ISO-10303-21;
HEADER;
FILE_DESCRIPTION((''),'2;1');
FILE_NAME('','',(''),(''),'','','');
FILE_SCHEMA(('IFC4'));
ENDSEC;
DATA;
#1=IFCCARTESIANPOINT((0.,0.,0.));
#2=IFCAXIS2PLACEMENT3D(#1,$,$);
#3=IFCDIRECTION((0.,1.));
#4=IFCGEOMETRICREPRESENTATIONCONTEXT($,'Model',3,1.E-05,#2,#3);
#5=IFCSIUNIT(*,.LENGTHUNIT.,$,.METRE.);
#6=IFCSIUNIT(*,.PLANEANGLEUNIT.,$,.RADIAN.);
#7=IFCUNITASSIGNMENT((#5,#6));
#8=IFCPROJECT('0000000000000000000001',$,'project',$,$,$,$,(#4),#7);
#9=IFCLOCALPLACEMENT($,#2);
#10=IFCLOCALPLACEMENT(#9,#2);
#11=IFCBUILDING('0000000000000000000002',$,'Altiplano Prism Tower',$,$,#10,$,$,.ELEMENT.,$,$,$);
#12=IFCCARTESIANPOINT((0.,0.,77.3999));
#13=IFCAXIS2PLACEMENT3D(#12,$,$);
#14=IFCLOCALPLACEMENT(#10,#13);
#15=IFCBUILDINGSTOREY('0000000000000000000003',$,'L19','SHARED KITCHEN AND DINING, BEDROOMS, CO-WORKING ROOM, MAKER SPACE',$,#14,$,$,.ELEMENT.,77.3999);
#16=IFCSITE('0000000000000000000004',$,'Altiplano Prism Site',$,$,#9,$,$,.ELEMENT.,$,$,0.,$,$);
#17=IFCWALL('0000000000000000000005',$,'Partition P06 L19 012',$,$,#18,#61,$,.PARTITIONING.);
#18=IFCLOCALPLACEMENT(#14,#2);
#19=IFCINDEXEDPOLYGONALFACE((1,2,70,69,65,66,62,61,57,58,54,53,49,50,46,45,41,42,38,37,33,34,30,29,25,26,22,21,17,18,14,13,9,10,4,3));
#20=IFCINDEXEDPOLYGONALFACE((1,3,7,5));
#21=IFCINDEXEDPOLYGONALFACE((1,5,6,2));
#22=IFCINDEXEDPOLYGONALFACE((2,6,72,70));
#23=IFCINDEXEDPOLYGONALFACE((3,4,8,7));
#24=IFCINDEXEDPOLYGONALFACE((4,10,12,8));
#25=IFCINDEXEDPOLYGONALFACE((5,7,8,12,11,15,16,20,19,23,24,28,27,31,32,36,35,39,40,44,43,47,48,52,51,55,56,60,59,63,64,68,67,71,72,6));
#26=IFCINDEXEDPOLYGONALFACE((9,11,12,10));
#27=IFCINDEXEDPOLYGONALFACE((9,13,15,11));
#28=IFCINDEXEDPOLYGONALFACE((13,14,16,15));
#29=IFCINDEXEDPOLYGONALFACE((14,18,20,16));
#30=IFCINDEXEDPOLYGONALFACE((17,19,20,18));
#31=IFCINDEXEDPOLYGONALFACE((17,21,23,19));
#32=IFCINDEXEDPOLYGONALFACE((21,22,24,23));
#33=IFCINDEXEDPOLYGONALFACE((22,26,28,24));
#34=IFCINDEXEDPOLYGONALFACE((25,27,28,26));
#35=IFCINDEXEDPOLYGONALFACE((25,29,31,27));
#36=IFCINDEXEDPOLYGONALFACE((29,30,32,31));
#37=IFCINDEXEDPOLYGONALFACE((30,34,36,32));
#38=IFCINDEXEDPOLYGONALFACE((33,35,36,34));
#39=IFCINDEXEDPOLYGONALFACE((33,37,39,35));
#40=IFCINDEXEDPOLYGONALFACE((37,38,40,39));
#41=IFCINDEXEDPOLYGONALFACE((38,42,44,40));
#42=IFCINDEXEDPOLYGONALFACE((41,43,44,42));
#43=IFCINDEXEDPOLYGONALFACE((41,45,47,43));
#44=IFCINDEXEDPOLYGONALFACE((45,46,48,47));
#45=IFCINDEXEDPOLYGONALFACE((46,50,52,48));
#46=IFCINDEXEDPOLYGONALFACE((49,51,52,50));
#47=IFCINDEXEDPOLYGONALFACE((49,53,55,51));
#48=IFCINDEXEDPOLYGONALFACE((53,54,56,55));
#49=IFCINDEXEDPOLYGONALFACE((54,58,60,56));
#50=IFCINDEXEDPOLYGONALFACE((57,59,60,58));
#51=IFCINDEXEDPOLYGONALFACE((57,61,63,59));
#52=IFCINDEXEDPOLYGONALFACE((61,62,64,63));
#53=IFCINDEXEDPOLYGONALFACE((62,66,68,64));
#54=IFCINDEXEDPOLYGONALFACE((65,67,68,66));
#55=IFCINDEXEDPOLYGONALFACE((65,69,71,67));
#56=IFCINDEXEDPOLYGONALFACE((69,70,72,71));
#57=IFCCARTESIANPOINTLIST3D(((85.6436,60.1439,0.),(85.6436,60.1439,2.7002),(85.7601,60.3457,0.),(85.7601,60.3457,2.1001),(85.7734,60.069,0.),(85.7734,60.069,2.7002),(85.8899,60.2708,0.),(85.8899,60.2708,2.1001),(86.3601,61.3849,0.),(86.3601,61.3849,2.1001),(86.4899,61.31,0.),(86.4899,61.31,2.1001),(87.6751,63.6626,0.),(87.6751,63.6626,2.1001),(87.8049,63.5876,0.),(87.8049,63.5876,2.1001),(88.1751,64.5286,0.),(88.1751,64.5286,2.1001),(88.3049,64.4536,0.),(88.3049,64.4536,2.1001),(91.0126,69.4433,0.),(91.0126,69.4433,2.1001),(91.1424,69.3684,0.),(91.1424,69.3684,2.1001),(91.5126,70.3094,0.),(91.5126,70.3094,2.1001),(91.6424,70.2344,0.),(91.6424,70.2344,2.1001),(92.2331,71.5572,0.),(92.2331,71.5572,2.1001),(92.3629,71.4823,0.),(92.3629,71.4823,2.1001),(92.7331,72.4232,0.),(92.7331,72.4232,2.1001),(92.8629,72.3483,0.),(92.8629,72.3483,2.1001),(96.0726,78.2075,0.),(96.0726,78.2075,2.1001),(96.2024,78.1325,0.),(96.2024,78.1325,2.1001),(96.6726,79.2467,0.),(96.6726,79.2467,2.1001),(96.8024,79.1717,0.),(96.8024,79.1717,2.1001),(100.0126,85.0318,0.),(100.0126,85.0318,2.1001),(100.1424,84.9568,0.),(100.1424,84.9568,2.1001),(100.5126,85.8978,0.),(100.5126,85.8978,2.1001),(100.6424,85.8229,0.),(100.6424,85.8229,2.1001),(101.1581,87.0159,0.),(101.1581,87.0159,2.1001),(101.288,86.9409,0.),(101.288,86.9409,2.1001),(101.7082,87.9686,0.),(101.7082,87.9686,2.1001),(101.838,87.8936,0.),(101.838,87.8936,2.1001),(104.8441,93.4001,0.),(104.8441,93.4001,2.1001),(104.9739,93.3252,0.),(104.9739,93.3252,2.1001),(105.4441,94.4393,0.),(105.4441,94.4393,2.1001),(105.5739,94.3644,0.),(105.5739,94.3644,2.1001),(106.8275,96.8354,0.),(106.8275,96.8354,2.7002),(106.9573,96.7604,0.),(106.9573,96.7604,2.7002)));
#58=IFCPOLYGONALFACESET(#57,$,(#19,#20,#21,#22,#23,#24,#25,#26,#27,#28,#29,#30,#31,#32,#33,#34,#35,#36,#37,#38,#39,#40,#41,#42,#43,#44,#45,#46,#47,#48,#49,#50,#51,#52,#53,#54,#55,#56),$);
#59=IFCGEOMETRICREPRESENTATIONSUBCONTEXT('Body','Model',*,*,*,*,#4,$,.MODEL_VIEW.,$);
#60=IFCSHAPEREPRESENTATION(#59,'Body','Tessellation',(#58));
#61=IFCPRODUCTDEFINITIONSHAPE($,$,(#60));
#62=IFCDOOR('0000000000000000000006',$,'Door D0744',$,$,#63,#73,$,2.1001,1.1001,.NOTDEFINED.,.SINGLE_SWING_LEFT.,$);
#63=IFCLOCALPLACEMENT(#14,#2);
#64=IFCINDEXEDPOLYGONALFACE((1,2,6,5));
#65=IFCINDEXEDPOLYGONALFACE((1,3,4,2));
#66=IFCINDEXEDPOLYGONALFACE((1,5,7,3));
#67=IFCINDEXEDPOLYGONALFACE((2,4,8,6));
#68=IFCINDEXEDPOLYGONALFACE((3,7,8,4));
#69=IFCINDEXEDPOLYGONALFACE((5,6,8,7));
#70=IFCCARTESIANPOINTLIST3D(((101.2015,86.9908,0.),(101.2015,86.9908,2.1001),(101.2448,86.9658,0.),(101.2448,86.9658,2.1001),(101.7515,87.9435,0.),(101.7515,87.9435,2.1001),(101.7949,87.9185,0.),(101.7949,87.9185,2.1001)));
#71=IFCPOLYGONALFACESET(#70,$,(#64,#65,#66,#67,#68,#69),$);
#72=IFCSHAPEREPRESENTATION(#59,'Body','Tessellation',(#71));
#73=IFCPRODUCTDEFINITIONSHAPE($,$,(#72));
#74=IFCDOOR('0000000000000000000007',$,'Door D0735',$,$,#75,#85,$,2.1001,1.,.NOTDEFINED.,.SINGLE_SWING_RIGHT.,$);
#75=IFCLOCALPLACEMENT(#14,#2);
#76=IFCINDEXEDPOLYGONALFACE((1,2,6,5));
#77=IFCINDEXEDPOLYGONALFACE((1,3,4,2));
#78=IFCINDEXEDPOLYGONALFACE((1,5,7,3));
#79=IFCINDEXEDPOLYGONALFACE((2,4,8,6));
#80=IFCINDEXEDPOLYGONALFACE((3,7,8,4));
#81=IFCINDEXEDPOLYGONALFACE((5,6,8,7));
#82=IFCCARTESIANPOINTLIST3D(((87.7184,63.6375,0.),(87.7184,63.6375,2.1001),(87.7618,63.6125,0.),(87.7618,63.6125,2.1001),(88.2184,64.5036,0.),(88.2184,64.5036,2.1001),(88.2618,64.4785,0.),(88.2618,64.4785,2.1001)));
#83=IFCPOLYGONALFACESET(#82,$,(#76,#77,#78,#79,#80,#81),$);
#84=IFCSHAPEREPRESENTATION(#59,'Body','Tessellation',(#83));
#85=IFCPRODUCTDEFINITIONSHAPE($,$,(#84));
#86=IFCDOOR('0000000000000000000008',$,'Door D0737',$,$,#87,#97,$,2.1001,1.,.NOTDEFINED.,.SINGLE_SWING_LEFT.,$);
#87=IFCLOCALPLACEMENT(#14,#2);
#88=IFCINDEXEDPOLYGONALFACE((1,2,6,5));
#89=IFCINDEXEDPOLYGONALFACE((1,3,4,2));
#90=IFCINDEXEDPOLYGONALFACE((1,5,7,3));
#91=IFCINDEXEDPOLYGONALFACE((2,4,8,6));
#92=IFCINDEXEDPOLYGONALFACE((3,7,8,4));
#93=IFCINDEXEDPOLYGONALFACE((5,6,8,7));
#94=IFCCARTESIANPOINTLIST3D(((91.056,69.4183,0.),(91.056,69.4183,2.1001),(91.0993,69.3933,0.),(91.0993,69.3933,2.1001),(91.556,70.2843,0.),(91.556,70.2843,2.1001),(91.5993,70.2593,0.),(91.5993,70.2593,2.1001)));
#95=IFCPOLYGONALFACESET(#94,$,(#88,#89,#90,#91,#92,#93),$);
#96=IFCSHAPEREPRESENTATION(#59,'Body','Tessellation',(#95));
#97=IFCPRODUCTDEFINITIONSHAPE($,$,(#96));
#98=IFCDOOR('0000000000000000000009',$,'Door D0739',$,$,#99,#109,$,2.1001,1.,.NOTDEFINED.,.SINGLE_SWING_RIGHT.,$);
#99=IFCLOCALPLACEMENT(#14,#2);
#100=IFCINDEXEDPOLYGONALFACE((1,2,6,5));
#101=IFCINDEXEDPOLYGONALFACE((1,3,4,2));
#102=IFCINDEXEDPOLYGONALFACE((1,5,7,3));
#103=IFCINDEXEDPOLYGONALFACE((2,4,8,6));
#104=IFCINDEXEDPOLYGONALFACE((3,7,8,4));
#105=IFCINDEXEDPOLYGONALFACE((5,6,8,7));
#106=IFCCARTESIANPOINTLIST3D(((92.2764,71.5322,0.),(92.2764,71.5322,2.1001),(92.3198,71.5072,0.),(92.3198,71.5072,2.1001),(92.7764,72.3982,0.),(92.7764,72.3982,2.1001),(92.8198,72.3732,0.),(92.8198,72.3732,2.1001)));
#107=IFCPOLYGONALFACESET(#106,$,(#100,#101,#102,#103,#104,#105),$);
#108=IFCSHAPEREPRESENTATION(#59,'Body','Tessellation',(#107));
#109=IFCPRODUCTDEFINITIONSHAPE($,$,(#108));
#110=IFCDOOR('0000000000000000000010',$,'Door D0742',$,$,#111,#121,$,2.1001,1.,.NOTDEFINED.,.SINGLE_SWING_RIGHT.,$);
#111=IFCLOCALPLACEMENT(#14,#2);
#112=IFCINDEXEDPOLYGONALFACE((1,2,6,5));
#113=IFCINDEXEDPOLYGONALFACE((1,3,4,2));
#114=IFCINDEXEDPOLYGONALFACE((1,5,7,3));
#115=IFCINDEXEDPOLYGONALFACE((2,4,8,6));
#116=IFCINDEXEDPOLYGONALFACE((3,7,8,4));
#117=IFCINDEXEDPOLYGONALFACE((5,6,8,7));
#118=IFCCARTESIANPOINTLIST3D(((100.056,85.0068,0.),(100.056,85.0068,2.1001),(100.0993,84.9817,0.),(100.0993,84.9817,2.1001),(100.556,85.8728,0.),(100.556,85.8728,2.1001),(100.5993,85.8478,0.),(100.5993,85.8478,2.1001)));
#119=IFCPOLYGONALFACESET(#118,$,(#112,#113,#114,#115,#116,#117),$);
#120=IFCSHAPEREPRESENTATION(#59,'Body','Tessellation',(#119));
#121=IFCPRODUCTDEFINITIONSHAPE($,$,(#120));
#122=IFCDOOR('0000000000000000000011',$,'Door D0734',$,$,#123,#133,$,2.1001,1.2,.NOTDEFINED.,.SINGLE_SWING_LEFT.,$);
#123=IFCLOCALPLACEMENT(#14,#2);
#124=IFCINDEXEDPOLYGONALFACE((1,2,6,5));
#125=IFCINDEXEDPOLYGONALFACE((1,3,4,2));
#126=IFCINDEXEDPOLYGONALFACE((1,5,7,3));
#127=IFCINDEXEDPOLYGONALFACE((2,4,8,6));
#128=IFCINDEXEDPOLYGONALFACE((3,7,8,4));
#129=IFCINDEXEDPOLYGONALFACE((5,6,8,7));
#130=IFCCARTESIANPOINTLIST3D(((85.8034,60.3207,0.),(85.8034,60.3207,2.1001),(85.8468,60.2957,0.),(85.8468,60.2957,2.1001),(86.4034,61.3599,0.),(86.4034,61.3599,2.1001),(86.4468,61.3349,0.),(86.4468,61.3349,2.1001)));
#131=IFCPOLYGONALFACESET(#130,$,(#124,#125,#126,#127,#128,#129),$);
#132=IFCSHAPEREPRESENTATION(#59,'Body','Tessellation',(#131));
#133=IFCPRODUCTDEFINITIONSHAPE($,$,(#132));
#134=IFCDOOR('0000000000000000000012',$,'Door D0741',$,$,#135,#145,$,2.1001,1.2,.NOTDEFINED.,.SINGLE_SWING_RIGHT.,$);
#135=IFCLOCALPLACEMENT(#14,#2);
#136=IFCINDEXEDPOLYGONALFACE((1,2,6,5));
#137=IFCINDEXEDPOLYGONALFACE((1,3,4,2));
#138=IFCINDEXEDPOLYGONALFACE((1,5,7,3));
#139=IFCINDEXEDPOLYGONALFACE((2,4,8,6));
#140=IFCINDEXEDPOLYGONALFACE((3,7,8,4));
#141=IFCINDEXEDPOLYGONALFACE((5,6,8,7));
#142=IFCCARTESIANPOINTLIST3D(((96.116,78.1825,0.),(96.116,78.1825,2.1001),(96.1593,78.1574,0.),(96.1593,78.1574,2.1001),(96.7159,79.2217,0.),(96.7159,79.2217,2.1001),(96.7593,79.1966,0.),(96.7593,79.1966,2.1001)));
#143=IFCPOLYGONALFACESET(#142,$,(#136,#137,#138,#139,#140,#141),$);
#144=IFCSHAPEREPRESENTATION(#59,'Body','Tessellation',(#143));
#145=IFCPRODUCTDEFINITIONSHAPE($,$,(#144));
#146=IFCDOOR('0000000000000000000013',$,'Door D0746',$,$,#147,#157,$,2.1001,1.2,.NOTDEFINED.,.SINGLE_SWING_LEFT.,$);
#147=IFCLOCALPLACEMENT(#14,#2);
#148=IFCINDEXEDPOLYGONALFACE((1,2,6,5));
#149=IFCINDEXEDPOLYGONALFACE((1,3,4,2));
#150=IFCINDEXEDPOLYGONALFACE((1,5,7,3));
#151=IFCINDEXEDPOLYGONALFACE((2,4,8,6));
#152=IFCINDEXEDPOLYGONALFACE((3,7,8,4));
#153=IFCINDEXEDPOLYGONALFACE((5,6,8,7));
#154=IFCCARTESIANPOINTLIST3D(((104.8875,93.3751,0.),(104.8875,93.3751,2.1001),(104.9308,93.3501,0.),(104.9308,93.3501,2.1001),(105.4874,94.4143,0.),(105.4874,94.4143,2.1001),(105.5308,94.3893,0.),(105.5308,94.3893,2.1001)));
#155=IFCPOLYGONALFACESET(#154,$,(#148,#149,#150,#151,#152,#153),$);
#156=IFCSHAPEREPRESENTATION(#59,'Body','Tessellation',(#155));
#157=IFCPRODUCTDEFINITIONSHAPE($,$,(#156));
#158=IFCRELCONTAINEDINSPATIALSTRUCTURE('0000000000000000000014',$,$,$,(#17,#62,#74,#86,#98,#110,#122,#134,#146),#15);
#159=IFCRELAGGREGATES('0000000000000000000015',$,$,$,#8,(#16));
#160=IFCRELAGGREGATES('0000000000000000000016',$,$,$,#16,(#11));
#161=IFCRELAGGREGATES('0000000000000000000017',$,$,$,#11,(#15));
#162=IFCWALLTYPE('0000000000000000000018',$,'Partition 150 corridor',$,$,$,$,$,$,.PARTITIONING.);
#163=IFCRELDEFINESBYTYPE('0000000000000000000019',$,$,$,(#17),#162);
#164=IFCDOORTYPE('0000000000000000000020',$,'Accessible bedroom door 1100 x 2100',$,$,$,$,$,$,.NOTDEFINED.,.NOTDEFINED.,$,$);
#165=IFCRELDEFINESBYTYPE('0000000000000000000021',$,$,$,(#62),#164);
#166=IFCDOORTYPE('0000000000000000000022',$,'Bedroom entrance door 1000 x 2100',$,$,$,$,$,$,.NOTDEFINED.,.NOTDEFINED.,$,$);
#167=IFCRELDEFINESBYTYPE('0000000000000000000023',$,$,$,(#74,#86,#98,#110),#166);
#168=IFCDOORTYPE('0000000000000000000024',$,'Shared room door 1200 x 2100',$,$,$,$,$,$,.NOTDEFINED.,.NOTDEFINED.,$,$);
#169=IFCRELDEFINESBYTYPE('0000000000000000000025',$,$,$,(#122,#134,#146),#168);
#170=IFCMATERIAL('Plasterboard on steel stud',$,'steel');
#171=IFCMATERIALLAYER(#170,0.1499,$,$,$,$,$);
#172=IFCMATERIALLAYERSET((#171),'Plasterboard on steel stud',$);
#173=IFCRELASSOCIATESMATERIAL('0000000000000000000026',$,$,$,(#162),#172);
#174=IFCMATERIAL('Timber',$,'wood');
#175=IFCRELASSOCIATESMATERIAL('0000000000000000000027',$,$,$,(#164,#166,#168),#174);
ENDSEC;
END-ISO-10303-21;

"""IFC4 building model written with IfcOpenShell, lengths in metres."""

from ifc_helpers import new_model, si_unit, direction, frame, frame_2d, origin, place, context, subcontext, project, spatial, rectangle, extrude, material, layer, layer_set, type_object, element, fill, save


model = new_model("IFC4")

# Units and contexts
model_context = context("Model", 3, precision=1e-05, world=origin(), true_north=direction((0.0, 1.0)))
body_context = subcontext(model_context, "Body", "Model", "MODEL_VIEW")
ifc_project = project(units=[si_unit("LENGTHUNIT", "METRE"), si_unit("PLANEANGLEUNIT", "RADIAN")], contexts=[model_context])

# Site, building, storey
site_placement = place(None, origin())
site = spatial("IfcSite", under=ifc_project, at=site_placement, Name="Altiplano Prism Site", CompositionType="ELEMENT", RefElevation=0.0)
building_placement = place(site_placement, origin())
building = spatial("IfcBuilding", under=site, at=building_placement, Name="Altiplano Prism Tower", CompositionType="ELEMENT")
storey_placement = place(building_placement, frame((0.0, 0.0, 77.3999)))
storey = spatial("IfcBuildingStorey", under=building, at=storey_placement, Name="L19", Description="SHARED KITCHEN AND DINING, BEDROOMS, CO-WORKING ROOM, MAKER SPACE", CompositionType="ELEMENT", Elevation=77.3999)

# Shared definitions
ifc_material_1 = material(Name="Plasterboard on steel stud", Category="steel")
ifc_material_2 = material(Name="Timber", Category="wood")

# Shared definitions
ifc_layer_1 = layer(ifc_material_1, 0.1499)
ifc_layer_set_1 = layer_set([ifc_layer_1], Name="Plasterboard on steel stud")
wall_type_1 = type_object("IfcWallType", Name="Partition 150 corridor", PredefinedType="PARTITIONING", material=ifc_layer_set_1)

# Wall, openings, doors
wall_1_placement = place(storey_placement, frame((85.7085, 60.1064, 0.0), z_axis=(0.0, 0.0, 1.0), x_axis=(0.500001, 0.866025, 0.0)))
wall_1 = element("IfcWall", 1, at=wall_1_placement, inside=storey, type_object=wall_type_1, Name="Partition P06 L19 012", PredefinedType="PARTITIONING", context=body_context, shape_type="SweptSolid", body=[
    extrude(rectangle(XDim=42.3677, YDim=0.1499, at=frame_2d((21.1838, 0.0))), origin(), (0.0, 0.0, 1.0), 2.7002),
])
opening_1_placement = place(wall_1_placement, frame((0.2329, 0.0, 0.0)))
opening_1 = element("IfcOpeningElement", 2, at=opening_1_placement, cuts=wall_1, PredefinedType="OPENING", context=body_context, shape_type="SweptSolid", body=[
    extrude(rectangle(XDim=1.2, YDim=2.1001, at=frame_2d((0.6001, 1.05))), frame((0.0, 0.0854, 0.0), z_axis=(0.0, -1.0, 0.0), x_axis=(1.0, 0.0, 0.0)), (0.0, 0.0, 1.0), 0.1709),
])
opening_2_placement = place(wall_1_placement, frame((4.063, 0.0, 0.0)))
opening_2 = element("IfcOpeningElement", 3, at=opening_2_placement, cuts=wall_1, PredefinedType="OPENING", context=body_context, shape_type="SweptSolid", body=[
    extrude(rectangle(XDim=1.0, YDim=2.1001, at=frame_2d((0.5, 1.05))), frame((0.0, 0.0854, 0.0), z_axis=(0.0, -1.0, 0.0), x_axis=(1.0, 0.0, 0.0)), (0.0, 0.0, 1.0), 0.1709),
])
opening_3_placement = place(wall_1_placement, frame((10.738, 0.0, 0.0)))
opening_3 = element("IfcOpeningElement", 4, at=opening_3_placement, cuts=wall_1, PredefinedType="OPENING", context=body_context, shape_type="SweptSolid", body=[
    extrude(rectangle(XDim=1.0, YDim=2.1001, at=frame_2d((0.5, 1.05))), frame((0.0, 0.0854, 0.0), z_axis=(0.0, -1.0, 0.0), x_axis=(1.0, 0.0, 0.0)), (0.0, 0.0, 1.0), 0.1709),
])
opening_4_placement = place(wall_1_placement, frame((13.179, 0.0, 0.0)))
opening_4 = element("IfcOpeningElement", 5, at=opening_4_placement, cuts=wall_1, PredefinedType="OPENING", context=body_context, shape_type="SweptSolid", body=[
    extrude(rectangle(XDim=1.0, YDim=2.1001, at=frame_2d((0.5, 1.05))), frame((0.0, 0.0854, 0.0), z_axis=(0.0, -1.0, 0.0), x_axis=(1.0, 0.0, 0.0)), (0.0, 0.0, 1.0), 0.1709),
])
opening_5_placement = place(wall_1_placement, frame((20.8579, 0.0, 0.0)))
opening_5 = element("IfcOpeningElement", 6, at=opening_5_placement, cuts=wall_1, PredefinedType="OPENING", context=body_context, shape_type="SweptSolid", body=[
    extrude(rectangle(XDim=1.2, YDim=2.1001, at=frame_2d((0.6001, 1.05))), frame((0.0, 0.0854, 0.0), z_axis=(0.0, -1.0, 0.0), x_axis=(1.0, 0.0, 0.0)), (0.0, 0.0, 1.0), 0.1709),
])
opening_6_placement = place(wall_1_placement, frame((28.738, 0.0, 0.0)))
opening_6 = element("IfcOpeningElement", 7, at=opening_6_placement, cuts=wall_1, PredefinedType="OPENING", context=body_context, shape_type="SweptSolid", body=[
    extrude(rectangle(XDim=1.0, YDim=2.1001, at=frame_2d((0.5, 1.05))), frame((0.0, 0.0854, 0.0), z_axis=(0.0, -1.0, 0.0), x_axis=(1.0, 0.0, 0.0)), (0.0, 0.0, 1.0), 0.1709),
])
opening_7_placement = place(wall_1_placement, frame((31.0291, 0.0, 0.0)))
opening_7 = element("IfcOpeningElement", 8, at=opening_7_placement, cuts=wall_1, PredefinedType="OPENING", context=body_context, shape_type="SweptSolid", body=[
    extrude(rectangle(XDim=1.1001, YDim=2.1001, at=frame_2d((0.55, 1.05))), frame((0.0, 0.0854, 0.0), z_axis=(0.0, -1.0, 0.0), x_axis=(1.0, 0.0, 0.0)), (0.0, 0.0, 1.0), 0.1709),
])
opening_8_placement = place(wall_1_placement, frame((38.4009, 0.0, 0.0)))
opening_8 = element("IfcOpeningElement", 9, at=opening_8_placement, cuts=wall_1, PredefinedType="OPENING", context=body_context, shape_type="SweptSolid", body=[
    extrude(rectangle(XDim=1.2, YDim=2.1001, at=frame_2d((0.6001, 1.05))), frame((0.0, 0.0854, 0.0), z_axis=(0.0, -1.0, 0.0), x_axis=(1.0, 0.0, 0.0)), (0.0, 0.0, 1.0), 0.1709),
])
door_type_1 = type_object("IfcDoorType", Name="Accessible bedroom door 1100 x 2100", OperationType="NOTDEFINED", PredefinedType="NOTDEFINED", material=ifc_material_2)
door_1_placement = place(opening_7_placement, origin())
door_1 = element("IfcDoor", 10, at=door_1_placement, inside=storey, type_object=door_type_1, Name="Door D0744", OperationType="SINGLE_SWING_LEFT", OverallHeight=2.1001, OverallWidth=1.1001, PredefinedType="NOTDEFINED", context=body_context, shape_type="SweptSolid", body=[
    extrude(rectangle(XDim=1.1001, YDim=2.1001, at=frame_2d((0.55, 1.05))), frame((0.0, 0.0249, 0.0), z_axis=(0.0, -1.0, 0.0), x_axis=(1.0, 0.0, 0.0)), (0.0, 0.0, 1.0), 0.05),
])
fill(opening_7, door_1)
door_type_2 = type_object("IfcDoorType", Name="Bedroom entrance door 1000 x 2100", OperationType="NOTDEFINED", PredefinedType="NOTDEFINED", material=ifc_material_2)
door_2_placement = place(opening_2_placement, origin())
door_2 = element("IfcDoor", 11, at=door_2_placement, inside=storey, type_object=door_type_2, Name="Door D0735", OperationType="SINGLE_SWING_RIGHT", OverallHeight=2.1001, OverallWidth=1.0, PredefinedType="NOTDEFINED", context=body_context, shape_type="SweptSolid", body=[
    extrude(rectangle(XDim=1.0, YDim=2.1001, at=frame_2d((0.5, 1.05))), frame((0.0, 0.0249, 0.0), z_axis=(0.0, -1.0, 0.0), x_axis=(1.0, 0.0, 0.0)), (0.0, 0.0, 1.0), 0.05),
])
fill(opening_2, door_2)
door_3_placement = place(opening_3_placement, origin())
door_3 = element("IfcDoor", 12, at=door_3_placement, inside=storey, type_object=door_type_2, Name="Door D0737", OperationType="SINGLE_SWING_LEFT", OverallHeight=2.1001, OverallWidth=1.0, PredefinedType="NOTDEFINED", context=body_context, shape_type="SweptSolid", body=[
    extrude(rectangle(XDim=1.0, YDim=2.1001, at=frame_2d((0.5, 1.05))), frame((0.0, 0.0249, 0.0), z_axis=(0.0, -1.0, 0.0), x_axis=(1.0, 0.0, 0.0)), (0.0, 0.0, 1.0), 0.05),
])
fill(opening_3, door_3)
door_4_placement = place(opening_4_placement, origin())
door_4 = element("IfcDoor", 13, at=door_4_placement, inside=storey, type_object=door_type_2, Name="Door D0739", OperationType="SINGLE_SWING_RIGHT", OverallHeight=2.1001, OverallWidth=1.0, PredefinedType="NOTDEFINED", context=body_context, shape_type="SweptSolid", body=[
    extrude(rectangle(XDim=1.0, YDim=2.1001, at=frame_2d((0.5, 1.05))), frame((0.0, 0.0249, 0.0), z_axis=(0.0, -1.0, 0.0), x_axis=(1.0, 0.0, 0.0)), (0.0, 0.0, 1.0), 0.05),
])
fill(opening_4, door_4)
door_5_placement = place(opening_6_placement, origin())
door_5 = element("IfcDoor", 14, at=door_5_placement, inside=storey, type_object=door_type_2, Name="Door D0742", OperationType="SINGLE_SWING_RIGHT", OverallHeight=2.1001, OverallWidth=1.0, PredefinedType="NOTDEFINED", context=body_context, shape_type="SweptSolid", body=[
    extrude(rectangle(XDim=1.0, YDim=2.1001, at=frame_2d((0.5, 1.05))), frame((0.0, 0.0249, 0.0), z_axis=(0.0, -1.0, 0.0), x_axis=(1.0, 0.0, 0.0)), (0.0, 0.0, 1.0), 0.05),
])
fill(opening_6, door_5)
door_type_3 = type_object("IfcDoorType", Name="Shared room door 1200 x 2100", OperationType="NOTDEFINED", PredefinedType="NOTDEFINED", material=ifc_material_2)
door_6_placement = place(opening_1_placement, origin())
door_6 = element("IfcDoor", 15, at=door_6_placement, inside=storey, type_object=door_type_3, Name="Door D0734", OperationType="SINGLE_SWING_LEFT", OverallHeight=2.1001, OverallWidth=1.2, PredefinedType="NOTDEFINED", context=body_context, shape_type="SweptSolid", body=[
    extrude(rectangle(XDim=1.2, YDim=2.1001, at=frame_2d((0.6001, 1.05))), frame((0.0, 0.0249, 0.0), z_axis=(0.0, -1.0, 0.0), x_axis=(1.0, 0.0, 0.0)), (0.0, 0.0, 1.0), 0.05),
])
fill(opening_1, door_6)
door_7_placement = place(opening_5_placement, origin())
door_7 = element("IfcDoor", 16, at=door_7_placement, inside=storey, type_object=door_type_3, Name="Door D0741", OperationType="SINGLE_SWING_RIGHT", OverallHeight=2.1001, OverallWidth=1.2, PredefinedType="NOTDEFINED", context=body_context, shape_type="SweptSolid", body=[
    extrude(rectangle(XDim=1.2, YDim=2.1001, at=frame_2d((0.6001, 1.05))), frame((0.0, 0.0249, 0.0), z_axis=(0.0, -1.0, 0.0), x_axis=(1.0, 0.0, 0.0)), (0.0, 0.0, 1.0), 0.05),
])
fill(opening_5, door_7)
door_8_placement = place(opening_8_placement, origin())
door_8 = element("IfcDoor", 17, at=door_8_placement, inside=storey, type_object=door_type_3, Name="Door D0746", OperationType="SINGLE_SWING_LEFT", OverallHeight=2.1001, OverallWidth=1.2, PredefinedType="NOTDEFINED", context=body_context, shape_type="SweptSolid", body=[
    extrude(rectangle(XDim=1.2, YDim=2.1001, at=frame_2d((0.6001, 1.05))), frame((0.0, 0.0249, 0.0), z_axis=(0.0, -1.0, 0.0), x_axis=(1.0, 0.0, 0.0)), (0.0, 0.0, 1.0), 0.05),
])
fill(opening_8, door_8)

save(model, "model.ifc")
